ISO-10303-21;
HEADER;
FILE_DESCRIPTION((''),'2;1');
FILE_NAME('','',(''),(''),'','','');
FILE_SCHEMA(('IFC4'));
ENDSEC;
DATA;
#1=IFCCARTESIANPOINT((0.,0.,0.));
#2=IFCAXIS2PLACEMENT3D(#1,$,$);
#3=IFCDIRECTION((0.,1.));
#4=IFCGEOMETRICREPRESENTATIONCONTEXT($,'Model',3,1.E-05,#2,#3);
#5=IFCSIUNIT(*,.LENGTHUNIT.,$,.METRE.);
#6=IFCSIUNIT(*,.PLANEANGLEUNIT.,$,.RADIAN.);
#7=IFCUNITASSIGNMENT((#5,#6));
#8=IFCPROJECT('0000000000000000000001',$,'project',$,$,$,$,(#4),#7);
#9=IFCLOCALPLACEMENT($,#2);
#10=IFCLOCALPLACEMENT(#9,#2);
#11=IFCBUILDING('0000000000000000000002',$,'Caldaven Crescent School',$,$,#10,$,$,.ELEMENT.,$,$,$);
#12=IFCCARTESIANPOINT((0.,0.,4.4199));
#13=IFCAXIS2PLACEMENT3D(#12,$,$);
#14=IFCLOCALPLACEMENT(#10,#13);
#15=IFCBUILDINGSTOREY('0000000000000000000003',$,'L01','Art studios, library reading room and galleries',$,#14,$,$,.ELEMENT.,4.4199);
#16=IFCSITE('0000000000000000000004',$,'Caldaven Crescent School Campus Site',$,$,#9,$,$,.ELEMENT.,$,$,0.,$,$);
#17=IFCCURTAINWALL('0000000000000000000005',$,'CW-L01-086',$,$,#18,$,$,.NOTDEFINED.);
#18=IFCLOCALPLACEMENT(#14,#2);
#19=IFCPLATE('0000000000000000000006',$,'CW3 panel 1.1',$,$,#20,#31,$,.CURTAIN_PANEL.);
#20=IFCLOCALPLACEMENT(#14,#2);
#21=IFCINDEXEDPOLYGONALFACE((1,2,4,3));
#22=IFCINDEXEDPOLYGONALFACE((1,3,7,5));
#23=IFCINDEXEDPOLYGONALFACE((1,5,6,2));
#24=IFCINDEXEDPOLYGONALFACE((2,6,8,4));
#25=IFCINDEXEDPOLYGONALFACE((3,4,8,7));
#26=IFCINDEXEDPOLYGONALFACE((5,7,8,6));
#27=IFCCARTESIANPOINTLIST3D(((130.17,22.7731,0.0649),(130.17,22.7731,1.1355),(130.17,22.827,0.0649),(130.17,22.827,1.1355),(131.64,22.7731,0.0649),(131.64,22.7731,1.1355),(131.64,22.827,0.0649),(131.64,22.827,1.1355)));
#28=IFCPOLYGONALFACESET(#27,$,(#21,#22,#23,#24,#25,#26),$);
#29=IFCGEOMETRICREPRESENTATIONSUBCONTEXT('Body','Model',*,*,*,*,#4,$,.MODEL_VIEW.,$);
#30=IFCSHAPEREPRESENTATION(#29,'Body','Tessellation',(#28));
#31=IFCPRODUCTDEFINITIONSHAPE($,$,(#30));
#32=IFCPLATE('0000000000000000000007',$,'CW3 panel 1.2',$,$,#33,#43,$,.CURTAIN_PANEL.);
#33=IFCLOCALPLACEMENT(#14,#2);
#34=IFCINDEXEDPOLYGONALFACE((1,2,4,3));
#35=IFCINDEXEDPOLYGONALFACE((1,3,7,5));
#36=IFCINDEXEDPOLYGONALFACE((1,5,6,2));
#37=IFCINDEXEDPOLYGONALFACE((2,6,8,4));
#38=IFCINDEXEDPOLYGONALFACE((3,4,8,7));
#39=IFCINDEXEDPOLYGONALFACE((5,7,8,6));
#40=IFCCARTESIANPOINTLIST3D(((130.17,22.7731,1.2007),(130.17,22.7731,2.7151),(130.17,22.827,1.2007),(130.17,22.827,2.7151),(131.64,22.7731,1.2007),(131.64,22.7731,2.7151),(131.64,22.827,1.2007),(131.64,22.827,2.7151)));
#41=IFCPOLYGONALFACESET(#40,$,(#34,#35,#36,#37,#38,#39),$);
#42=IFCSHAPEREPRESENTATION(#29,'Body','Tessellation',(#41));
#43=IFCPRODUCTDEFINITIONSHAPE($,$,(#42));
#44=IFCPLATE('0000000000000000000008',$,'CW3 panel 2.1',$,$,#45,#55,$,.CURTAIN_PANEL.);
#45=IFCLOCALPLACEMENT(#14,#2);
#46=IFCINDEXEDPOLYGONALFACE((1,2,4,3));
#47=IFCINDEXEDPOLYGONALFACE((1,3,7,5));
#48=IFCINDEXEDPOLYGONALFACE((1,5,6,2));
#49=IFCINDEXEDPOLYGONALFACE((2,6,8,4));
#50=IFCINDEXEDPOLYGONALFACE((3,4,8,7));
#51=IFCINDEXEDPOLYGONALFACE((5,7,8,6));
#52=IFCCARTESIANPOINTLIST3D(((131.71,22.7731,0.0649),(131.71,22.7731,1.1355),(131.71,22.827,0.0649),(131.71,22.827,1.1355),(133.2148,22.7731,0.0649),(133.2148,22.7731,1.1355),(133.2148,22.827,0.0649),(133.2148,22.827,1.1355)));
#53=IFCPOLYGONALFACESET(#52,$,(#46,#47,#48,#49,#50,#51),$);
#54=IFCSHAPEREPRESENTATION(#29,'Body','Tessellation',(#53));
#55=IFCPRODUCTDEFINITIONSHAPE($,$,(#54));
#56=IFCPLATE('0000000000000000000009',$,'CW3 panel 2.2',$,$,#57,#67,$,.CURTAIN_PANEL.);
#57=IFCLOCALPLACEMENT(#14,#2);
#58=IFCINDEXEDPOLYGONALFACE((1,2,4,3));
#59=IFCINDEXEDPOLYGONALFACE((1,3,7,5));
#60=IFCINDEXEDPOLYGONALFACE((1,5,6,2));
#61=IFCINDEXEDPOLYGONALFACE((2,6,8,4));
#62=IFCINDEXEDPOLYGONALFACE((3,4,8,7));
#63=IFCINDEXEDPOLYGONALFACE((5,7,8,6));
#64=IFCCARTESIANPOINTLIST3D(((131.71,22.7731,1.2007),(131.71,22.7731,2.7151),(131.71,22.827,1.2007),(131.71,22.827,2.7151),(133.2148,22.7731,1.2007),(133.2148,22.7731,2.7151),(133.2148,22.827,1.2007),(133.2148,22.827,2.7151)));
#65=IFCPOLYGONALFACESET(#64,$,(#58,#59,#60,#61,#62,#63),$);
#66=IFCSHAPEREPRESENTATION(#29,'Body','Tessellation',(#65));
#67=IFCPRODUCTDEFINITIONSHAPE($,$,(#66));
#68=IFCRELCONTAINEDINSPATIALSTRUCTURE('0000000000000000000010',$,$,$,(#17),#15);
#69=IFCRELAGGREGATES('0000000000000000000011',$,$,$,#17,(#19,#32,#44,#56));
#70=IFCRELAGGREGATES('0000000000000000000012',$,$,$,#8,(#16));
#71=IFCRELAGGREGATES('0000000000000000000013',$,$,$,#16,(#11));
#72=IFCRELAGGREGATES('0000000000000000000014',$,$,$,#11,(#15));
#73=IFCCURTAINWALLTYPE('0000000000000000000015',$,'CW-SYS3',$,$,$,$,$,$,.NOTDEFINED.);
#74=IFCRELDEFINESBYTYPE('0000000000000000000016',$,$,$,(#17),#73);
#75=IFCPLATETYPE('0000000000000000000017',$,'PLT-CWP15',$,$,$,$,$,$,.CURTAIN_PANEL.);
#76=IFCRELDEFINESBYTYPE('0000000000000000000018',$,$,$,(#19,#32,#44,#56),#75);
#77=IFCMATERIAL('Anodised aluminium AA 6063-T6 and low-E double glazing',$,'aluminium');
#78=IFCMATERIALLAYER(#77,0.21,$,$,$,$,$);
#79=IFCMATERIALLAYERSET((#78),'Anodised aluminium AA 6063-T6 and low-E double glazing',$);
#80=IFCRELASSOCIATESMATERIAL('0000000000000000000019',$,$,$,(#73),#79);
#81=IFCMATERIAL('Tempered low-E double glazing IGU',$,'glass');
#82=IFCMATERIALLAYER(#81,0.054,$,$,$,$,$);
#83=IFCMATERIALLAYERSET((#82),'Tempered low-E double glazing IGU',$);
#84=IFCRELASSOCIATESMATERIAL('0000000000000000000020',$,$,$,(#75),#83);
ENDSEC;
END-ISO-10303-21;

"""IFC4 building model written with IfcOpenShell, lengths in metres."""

from ifc_helpers import new_model, si_unit, direction, frame, origin, origin_2d, place, context, subcontext, project, spatial, rectangle, extrude, material, layer, layer_set, type_object, element, aggregate, save


model = new_model("IFC4")

# Units and contexts
model_context = context("Model", 3, precision=1e-05, world=origin(), true_north=direction((0.0, 1.0)))
body_context = subcontext(model_context, "Body", "Model", "MODEL_VIEW")
ifc_project = project(units=[si_unit("LENGTHUNIT", "METRE"), si_unit("PLANEANGLEUNIT", "RADIAN")], contexts=[model_context])

# Site, building, storey
site_placement = place(None, origin())
site = spatial("IfcSite", under=ifc_project, at=site_placement, Name="Caldaven Crescent School Campus Site", CompositionType="ELEMENT", RefElevation=0.0)
building_placement = place(site_placement, origin())
building = spatial("IfcBuilding", under=site, at=building_placement, Name="Caldaven Crescent School", CompositionType="ELEMENT")
storey_placement = place(building_placement, frame((0.0, 0.0, 4.4199)))
storey = spatial("IfcBuildingStorey", under=building, at=storey_placement, Name="L01", Description="Art studios, library reading room and galleries", CompositionType="ELEMENT", Elevation=4.4199)

# Curtain wall
ifc_material_1 = material(Name="Anodised aluminium AA 6063-T6 and low-E double glazing", Category="aluminium")
ifc_layer_1 = layer(ifc_material_1, 0.21)
ifc_layer_set_1 = layer_set([ifc_layer_1], Name="Anodised aluminium AA 6063-T6 and low-E double glazing")
curtain_wall_type = type_object("IfcCurtainWallType", Name="CW-SYS3", PredefinedType="NOTDEFINED", material=ifc_layer_set_1)
curtain_wall_1_placement = place(storey_placement, origin())
curtain_wall_1 = element("IfcCurtainWall", 1, at=curtain_wall_1_placement, inside=storey, type_object=curtain_wall_type, Name="CW-L01-086", PredefinedType="NOTDEFINED")

# Plates
ifc_material_2 = material(Name="Tempered low-E double glazing IGU", Category="glass")
ifc_layer_2 = layer(ifc_material_2, 0.054)
ifc_layer_set_2 = layer_set([ifc_layer_2], Name="Tempered low-E double glazing IGU")
plate_type_1 = type_object("IfcPlateType", Name="PLT-CWP15", PredefinedType="CURTAIN_PANEL", material=ifc_layer_set_2)
plate_1_placement = place(storey_placement, frame((130.905, 22.8, 0.0649), z_axis=(0.0, 0.0, 1.0), x_axis=(1.0, 0.0, 0.0)))
plate_1 = element("IfcPlate", 2, at=plate_1_placement, type_object=plate_type_1, Name="CW3 panel 1.1", PredefinedType="CURTAIN_PANEL", context=body_context, shape_type="SweptSolid", body=[
    extrude(rectangle(XDim=1.47, YDim=0.054, at=origin_2d()), origin(), (0.0, 0.0, 1.0), 1.0706),
])
plate_2_placement = place(storey_placement, frame((130.905, 22.8, 1.2007), z_axis=(0.0, 0.0, 1.0), x_axis=(1.0, 0.0, 0.0)))
plate_2 = element("IfcPlate", 3, at=plate_2_placement, type_object=plate_type_1, Name="CW3 panel 1.2", PredefinedType="CURTAIN_PANEL", context=body_context, shape_type="SweptSolid", body=[
    extrude(rectangle(XDim=1.47, YDim=0.054, at=origin_2d()), origin(), (0.0, 0.0, 1.0), 1.5144),
])
plate_3_placement = place(storey_placement, frame((132.4624, 22.8, 0.0649), z_axis=(0.0, 0.0, 1.0), x_axis=(1.0, 0.0, 0.0)))
plate_3 = element("IfcPlate", 4, at=plate_3_placement, type_object=plate_type_1, Name="CW3 panel 2.1", PredefinedType="CURTAIN_PANEL", context=body_context, shape_type="SweptSolid", body=[
    extrude(rectangle(XDim=1.5049, YDim=0.054, at=origin_2d()), origin(), (0.0, 0.0, 1.0), 1.0706),
])
plate_4_placement = place(storey_placement, frame((132.4624, 22.8, 1.2007), z_axis=(0.0, 0.0, 1.0), x_axis=(1.0, 0.0, 0.0)))
plate_4 = element("IfcPlate", 5, at=plate_4_placement, type_object=plate_type_1, Name="CW3 panel 2.2", PredefinedType="CURTAIN_PANEL", context=body_context, shape_type="SweptSolid", body=[
    extrude(rectangle(XDim=1.5049, YDim=0.054, at=origin_2d()), origin(), (0.0, 0.0, 1.0), 1.5144),
])
aggregate(curtain_wall_1, [plate_1, plate_2, plate_3, plate_4])

save(model, "model.ifc")
